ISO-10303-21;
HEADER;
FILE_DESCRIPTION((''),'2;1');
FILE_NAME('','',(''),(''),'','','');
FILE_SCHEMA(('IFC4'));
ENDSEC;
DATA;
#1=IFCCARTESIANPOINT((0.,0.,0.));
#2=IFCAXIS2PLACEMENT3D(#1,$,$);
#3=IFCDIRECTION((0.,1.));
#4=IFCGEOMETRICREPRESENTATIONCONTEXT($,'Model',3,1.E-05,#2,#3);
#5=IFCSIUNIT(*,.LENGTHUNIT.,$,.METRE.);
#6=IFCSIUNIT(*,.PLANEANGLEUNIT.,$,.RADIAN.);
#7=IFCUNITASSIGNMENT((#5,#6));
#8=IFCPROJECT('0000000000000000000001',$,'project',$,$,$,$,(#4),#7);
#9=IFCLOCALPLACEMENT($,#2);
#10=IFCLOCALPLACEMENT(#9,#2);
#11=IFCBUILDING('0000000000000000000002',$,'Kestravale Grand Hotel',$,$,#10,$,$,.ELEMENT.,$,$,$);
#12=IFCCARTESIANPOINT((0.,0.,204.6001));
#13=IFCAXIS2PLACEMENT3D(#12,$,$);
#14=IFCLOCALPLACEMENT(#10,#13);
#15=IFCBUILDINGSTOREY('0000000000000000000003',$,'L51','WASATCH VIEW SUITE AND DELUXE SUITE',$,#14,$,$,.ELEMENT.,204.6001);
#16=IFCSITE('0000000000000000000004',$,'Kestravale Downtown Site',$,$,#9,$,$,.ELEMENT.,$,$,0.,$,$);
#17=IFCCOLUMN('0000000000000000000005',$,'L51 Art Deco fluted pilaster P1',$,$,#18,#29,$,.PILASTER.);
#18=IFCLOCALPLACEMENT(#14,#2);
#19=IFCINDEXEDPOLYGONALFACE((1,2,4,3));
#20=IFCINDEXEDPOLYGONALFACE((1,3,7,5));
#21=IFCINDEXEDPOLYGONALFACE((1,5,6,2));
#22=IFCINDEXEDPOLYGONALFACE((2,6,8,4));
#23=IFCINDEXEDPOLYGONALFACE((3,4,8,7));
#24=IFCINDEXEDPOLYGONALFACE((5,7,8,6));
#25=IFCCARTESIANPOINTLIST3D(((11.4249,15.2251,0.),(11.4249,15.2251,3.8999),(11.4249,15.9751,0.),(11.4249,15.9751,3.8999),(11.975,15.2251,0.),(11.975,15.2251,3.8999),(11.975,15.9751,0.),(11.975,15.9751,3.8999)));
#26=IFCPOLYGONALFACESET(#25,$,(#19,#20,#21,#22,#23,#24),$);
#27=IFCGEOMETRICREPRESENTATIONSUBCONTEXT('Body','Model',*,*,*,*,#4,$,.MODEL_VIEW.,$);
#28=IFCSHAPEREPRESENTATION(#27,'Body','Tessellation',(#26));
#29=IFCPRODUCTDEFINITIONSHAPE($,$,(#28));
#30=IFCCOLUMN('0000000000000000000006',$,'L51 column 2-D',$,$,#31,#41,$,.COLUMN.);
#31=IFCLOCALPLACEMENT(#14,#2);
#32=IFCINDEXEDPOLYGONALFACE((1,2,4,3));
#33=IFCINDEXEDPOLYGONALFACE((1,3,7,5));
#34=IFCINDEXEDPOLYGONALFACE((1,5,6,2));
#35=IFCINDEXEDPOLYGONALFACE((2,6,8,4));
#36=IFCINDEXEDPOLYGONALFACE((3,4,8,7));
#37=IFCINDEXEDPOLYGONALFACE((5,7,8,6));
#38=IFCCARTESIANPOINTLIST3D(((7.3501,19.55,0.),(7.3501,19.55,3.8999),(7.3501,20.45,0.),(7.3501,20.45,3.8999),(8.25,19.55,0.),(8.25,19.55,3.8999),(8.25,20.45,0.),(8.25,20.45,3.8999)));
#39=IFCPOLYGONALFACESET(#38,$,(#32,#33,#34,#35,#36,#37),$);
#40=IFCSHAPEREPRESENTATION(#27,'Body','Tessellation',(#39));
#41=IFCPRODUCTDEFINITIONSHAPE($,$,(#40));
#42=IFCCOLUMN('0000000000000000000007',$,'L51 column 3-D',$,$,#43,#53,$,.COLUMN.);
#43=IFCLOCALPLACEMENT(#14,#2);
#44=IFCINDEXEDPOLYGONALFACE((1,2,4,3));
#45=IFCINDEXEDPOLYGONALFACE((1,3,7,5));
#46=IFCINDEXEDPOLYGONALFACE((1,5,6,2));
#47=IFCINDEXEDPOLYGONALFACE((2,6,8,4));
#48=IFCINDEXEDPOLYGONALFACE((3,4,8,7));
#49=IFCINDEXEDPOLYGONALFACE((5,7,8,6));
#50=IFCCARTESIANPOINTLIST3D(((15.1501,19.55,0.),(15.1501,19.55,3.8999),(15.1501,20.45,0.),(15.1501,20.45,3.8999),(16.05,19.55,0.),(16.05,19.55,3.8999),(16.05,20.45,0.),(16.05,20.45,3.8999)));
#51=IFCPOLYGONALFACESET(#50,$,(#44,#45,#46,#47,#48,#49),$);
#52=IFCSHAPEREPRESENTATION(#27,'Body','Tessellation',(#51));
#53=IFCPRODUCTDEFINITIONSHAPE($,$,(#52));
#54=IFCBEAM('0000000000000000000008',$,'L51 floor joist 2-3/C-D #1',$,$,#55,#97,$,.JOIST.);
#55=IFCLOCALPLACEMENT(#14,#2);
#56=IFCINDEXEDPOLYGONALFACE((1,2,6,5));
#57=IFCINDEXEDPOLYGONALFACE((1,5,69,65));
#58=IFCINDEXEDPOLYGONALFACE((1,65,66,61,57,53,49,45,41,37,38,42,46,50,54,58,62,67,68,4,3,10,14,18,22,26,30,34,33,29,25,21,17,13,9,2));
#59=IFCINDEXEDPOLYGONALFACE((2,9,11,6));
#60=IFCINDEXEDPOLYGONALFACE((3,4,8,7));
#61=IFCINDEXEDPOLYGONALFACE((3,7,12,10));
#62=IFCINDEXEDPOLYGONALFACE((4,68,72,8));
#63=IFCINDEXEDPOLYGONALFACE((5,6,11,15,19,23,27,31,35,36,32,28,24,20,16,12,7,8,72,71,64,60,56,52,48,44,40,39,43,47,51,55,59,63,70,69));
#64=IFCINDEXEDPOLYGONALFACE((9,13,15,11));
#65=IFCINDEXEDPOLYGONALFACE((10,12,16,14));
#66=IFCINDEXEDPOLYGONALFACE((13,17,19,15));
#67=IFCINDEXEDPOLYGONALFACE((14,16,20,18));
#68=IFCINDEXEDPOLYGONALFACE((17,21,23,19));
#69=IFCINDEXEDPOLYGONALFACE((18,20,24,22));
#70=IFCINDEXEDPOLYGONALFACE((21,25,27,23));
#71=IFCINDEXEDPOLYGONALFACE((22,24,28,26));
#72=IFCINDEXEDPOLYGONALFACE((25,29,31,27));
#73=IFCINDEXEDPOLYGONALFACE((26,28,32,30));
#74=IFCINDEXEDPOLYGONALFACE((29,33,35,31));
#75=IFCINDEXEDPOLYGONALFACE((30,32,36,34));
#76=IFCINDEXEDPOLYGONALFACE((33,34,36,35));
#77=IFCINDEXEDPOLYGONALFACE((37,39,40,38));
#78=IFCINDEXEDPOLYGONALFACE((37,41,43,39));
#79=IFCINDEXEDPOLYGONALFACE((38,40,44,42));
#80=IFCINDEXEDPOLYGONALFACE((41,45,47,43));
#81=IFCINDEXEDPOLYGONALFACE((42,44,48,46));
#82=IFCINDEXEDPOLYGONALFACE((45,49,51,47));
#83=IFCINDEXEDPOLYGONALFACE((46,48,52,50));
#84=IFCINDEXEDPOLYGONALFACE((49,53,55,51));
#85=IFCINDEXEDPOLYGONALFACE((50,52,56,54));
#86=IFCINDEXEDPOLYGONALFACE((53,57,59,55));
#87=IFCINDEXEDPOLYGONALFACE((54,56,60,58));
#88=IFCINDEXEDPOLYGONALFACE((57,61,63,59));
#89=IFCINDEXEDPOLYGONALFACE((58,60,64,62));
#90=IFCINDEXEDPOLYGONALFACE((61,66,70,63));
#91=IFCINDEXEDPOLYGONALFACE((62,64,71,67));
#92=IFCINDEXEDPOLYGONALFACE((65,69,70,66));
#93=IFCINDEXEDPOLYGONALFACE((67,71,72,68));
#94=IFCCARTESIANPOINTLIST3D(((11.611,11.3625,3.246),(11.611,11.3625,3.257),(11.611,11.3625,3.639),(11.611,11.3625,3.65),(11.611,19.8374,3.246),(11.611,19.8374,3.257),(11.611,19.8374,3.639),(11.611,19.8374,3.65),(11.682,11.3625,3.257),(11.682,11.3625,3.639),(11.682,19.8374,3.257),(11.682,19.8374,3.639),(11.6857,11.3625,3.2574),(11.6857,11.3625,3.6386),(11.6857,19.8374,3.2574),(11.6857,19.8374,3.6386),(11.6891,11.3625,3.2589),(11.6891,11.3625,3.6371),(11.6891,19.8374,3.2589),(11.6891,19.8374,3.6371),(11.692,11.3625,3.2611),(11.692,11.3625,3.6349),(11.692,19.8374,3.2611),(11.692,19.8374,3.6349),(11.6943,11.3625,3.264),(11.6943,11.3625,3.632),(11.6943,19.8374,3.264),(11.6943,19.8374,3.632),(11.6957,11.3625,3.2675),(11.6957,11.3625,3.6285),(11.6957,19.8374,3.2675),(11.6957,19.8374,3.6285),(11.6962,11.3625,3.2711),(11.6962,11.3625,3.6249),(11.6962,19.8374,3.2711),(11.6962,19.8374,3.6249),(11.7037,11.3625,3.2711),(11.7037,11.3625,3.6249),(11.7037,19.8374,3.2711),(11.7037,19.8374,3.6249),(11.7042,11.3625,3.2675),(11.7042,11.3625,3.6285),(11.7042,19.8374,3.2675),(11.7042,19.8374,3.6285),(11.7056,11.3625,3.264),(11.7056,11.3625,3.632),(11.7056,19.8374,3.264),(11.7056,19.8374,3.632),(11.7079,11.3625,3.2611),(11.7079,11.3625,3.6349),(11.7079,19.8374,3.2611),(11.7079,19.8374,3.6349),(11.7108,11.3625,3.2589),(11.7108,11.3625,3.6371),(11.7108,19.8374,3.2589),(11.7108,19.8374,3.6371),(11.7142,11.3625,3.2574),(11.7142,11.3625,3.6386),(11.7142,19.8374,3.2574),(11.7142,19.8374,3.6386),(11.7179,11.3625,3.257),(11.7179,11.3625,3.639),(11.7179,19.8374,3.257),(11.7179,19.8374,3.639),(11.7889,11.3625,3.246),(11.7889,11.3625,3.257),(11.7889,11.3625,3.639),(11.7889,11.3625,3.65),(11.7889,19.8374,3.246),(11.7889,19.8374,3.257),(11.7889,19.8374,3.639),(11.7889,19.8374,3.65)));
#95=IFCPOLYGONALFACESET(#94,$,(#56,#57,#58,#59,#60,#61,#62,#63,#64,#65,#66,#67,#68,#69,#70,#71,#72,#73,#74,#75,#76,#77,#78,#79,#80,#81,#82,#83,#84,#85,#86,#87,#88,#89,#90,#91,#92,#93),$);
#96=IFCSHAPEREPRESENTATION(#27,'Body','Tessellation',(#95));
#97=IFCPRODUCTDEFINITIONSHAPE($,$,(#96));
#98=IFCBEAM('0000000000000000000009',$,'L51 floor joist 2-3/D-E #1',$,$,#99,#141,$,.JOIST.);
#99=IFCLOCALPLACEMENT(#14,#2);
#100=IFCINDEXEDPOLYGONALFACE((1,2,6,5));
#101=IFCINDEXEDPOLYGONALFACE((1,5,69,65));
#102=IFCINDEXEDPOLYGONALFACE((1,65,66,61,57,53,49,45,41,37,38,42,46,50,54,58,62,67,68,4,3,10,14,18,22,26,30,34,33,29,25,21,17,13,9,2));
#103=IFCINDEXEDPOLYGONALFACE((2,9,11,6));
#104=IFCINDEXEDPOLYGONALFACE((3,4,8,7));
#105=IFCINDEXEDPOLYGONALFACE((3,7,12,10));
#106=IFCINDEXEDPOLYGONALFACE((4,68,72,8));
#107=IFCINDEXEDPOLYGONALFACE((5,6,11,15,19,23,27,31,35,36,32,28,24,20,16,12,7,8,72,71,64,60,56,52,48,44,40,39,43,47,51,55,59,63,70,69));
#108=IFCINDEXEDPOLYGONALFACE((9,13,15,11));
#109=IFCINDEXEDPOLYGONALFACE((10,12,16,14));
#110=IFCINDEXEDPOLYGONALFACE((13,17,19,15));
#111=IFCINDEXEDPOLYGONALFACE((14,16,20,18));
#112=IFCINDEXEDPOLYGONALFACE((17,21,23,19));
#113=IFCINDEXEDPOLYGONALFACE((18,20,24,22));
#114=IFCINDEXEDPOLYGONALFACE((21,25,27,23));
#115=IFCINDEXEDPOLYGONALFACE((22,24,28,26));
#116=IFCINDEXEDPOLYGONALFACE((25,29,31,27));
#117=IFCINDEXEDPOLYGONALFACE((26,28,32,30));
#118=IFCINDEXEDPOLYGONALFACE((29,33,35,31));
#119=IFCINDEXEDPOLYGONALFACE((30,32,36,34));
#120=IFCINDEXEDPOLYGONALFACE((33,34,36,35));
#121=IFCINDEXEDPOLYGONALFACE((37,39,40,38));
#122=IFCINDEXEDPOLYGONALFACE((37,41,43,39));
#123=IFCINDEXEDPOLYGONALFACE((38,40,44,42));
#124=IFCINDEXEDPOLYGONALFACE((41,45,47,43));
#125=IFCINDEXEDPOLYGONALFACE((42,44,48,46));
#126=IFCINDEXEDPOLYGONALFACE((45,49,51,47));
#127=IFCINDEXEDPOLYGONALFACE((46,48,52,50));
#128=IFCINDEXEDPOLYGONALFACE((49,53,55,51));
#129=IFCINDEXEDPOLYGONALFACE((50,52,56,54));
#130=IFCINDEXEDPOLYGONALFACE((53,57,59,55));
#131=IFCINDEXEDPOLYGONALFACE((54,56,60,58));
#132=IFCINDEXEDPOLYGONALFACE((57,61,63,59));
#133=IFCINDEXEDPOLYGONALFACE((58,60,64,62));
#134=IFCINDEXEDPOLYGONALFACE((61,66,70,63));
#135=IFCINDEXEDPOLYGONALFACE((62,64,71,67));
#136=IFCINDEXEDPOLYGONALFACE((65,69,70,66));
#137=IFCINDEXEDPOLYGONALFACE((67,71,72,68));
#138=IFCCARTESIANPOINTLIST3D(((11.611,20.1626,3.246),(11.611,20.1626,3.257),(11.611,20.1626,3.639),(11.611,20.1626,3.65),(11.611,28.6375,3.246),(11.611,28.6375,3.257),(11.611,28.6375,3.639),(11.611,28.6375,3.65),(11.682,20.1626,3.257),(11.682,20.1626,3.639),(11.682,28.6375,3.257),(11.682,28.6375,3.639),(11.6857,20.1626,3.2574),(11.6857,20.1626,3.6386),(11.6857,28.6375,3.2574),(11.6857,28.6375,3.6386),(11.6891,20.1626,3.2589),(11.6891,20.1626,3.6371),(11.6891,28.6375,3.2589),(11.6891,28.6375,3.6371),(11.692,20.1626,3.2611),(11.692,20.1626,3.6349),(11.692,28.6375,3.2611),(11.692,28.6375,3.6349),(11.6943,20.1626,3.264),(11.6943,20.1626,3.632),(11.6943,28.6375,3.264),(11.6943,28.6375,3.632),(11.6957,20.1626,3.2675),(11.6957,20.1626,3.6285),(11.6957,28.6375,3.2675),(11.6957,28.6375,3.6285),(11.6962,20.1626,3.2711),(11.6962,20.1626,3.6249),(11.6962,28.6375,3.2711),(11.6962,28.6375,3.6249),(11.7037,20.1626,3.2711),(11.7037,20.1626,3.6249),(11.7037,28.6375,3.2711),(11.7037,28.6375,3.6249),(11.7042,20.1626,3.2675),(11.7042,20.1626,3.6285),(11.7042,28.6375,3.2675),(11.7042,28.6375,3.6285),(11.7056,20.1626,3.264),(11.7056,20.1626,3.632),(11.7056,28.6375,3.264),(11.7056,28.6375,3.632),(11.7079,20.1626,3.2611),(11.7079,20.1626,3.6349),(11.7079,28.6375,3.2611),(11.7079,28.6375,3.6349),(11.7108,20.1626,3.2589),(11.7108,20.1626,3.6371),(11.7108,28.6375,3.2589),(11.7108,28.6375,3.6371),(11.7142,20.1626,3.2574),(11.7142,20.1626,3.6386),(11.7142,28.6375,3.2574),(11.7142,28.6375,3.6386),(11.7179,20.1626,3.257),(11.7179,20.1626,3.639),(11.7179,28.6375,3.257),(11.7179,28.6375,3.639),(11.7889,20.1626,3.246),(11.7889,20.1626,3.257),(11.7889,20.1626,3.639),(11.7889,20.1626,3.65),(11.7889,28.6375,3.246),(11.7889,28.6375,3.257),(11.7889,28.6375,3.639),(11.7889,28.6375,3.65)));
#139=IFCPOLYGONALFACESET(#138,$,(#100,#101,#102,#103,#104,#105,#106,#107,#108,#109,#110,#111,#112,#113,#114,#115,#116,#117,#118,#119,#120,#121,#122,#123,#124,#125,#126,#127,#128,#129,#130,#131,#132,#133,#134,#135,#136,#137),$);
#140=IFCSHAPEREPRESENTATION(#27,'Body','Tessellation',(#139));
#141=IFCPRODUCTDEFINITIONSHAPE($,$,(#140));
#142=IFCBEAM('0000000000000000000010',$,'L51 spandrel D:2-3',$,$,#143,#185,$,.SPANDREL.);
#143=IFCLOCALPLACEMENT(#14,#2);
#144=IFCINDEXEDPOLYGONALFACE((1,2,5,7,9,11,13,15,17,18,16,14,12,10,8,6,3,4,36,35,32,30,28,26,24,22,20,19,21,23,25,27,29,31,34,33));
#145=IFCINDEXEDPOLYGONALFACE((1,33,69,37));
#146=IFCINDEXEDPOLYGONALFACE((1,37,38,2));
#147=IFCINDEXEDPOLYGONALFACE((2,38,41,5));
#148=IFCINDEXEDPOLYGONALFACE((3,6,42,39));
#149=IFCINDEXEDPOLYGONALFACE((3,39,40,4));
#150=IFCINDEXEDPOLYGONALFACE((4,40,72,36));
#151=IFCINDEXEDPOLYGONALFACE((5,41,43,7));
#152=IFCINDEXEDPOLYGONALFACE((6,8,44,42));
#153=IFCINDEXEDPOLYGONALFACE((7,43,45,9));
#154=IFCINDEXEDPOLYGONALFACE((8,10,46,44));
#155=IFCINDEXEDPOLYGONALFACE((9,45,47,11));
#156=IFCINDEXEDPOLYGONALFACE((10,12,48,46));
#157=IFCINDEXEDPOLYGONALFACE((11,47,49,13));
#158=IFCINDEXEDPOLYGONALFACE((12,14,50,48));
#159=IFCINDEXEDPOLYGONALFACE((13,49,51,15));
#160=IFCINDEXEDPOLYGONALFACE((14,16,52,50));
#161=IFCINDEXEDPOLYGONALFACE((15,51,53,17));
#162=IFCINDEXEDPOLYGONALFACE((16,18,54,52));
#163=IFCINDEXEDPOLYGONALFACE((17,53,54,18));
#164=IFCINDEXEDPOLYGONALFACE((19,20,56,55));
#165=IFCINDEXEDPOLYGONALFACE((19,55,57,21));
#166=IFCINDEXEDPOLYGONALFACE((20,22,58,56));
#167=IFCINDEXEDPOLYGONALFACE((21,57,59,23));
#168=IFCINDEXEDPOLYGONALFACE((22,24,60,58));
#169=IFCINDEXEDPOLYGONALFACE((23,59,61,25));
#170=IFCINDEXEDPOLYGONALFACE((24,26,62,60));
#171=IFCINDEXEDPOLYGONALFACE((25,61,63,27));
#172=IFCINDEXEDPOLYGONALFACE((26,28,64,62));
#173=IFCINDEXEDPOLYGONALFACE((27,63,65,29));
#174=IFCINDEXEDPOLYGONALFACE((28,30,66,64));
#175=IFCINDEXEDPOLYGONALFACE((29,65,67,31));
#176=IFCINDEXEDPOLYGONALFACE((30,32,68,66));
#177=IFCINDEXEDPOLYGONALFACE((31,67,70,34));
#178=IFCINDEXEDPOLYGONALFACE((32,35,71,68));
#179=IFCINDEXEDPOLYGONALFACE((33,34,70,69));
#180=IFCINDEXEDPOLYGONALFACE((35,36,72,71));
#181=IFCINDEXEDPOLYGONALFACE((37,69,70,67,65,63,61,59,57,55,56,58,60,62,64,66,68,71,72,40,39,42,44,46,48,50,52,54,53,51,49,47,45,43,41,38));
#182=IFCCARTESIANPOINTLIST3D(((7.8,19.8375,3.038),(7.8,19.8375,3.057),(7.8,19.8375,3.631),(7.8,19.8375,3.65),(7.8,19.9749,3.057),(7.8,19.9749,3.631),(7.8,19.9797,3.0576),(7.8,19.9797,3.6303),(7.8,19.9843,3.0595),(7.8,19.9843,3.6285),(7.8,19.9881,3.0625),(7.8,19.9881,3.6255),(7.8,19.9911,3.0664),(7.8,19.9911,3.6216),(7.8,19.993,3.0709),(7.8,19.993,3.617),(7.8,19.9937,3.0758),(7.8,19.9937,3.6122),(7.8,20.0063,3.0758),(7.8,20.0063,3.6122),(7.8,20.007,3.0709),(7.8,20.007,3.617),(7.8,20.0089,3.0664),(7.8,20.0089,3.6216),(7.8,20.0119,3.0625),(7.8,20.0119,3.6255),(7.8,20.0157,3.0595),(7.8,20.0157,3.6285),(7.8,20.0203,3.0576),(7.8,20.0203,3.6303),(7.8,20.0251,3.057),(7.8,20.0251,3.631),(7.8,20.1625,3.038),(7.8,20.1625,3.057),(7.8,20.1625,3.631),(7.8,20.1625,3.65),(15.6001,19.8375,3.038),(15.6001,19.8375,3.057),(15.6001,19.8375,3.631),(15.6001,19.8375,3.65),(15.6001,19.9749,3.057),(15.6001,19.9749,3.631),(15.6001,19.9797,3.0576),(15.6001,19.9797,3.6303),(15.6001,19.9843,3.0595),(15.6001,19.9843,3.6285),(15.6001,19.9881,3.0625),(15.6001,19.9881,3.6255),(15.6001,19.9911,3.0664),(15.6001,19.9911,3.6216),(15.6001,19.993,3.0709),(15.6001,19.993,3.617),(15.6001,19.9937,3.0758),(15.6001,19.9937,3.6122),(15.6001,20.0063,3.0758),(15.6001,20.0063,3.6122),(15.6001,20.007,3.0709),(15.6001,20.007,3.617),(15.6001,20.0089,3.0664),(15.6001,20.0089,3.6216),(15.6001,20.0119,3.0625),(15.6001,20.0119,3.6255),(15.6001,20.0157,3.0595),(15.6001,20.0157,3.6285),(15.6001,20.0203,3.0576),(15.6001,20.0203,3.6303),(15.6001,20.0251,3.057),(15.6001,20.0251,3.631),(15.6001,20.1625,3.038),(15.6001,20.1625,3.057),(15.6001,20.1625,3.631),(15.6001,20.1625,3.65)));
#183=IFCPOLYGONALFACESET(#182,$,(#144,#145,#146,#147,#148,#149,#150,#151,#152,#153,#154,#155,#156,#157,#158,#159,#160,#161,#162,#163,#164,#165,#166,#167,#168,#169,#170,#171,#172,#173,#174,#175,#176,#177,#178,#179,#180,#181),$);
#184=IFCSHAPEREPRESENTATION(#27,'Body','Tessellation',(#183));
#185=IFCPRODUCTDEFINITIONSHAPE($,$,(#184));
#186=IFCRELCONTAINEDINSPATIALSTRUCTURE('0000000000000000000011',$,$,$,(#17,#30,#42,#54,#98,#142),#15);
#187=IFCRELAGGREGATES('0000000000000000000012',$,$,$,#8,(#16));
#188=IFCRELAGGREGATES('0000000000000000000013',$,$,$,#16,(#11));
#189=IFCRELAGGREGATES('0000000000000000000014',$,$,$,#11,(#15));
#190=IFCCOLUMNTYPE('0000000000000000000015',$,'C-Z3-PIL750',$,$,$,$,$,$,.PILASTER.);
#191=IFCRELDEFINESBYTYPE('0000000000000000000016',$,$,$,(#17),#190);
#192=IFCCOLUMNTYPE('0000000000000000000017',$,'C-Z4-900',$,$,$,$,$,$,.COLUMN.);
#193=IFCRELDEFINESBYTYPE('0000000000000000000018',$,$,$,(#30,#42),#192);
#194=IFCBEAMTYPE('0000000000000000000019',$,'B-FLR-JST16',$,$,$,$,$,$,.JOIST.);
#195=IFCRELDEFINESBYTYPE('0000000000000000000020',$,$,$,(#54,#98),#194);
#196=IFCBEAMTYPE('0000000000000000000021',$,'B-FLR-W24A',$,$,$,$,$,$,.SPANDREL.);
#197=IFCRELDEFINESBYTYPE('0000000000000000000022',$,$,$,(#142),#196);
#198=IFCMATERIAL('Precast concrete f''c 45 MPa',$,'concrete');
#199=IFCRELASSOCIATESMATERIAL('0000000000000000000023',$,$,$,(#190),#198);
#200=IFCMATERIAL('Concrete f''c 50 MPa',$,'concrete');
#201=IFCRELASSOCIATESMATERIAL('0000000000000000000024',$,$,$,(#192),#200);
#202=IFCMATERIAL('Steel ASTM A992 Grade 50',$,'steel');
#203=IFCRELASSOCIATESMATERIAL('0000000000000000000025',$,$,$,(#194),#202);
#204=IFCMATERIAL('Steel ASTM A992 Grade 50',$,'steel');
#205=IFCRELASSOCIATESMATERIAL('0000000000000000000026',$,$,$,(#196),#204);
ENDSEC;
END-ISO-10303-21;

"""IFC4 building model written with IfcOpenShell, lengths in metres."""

from ifc_helpers import new_model, si_unit, direction, frame, origin, origin_2d, place, context, subcontext, project, spatial, rectangle, i_section, extrude, material, material_profile, profile_set, type_object, element, save


model = new_model("IFC4")

# Units and contexts
model_context = context("Model", 3, precision=1e-05, world=origin(), true_north=direction((0.0, 1.0)))
body_context = subcontext(model_context, "Body", "Model", "MODEL_VIEW")
ifc_project = project(units=[si_unit("LENGTHUNIT", "METRE"), si_unit("PLANEANGLEUNIT", "RADIAN")], contexts=[model_context])

# Site, building, storey
site_placement = place(None, origin())
site = spatial("IfcSite", under=ifc_project, at=site_placement, Name="Kestravale Downtown Site", CompositionType="ELEMENT", RefElevation=0.0)
building_placement = place(site_placement, origin())
building = spatial("IfcBuilding", under=site, at=building_placement, Name="Kestravale Grand Hotel", CompositionType="ELEMENT")
storey_placement = place(building_placement, frame((0.0, 0.0, 204.6001)))
storey = spatial("IfcBuildingStorey", under=building, at=storey_placement, Name="L51", Description="WASATCH VIEW SUITE AND DELUXE SUITE", CompositionType="ELEMENT", Elevation=204.6001)

# Columns
ifc_material_1 = material(Name="Precast concrete f'c 45 MPa", Category="concrete")
ifc_material_profile_1 = material_profile(ifc_material_1, rectangle(XDim=0.55, YDim=0.75, at=origin_2d()))
ifc_profile_set_1 = profile_set([ifc_material_profile_1], Name="Precast concrete f'c 45 MPa")
column_type_1 = type_object("IfcColumnType", Name="C-Z3-PIL750", PredefinedType="PILASTER", material=ifc_profile_set_1)
column_placement = place(storey_placement, frame((11.7, 15.6001, 0.0), z_axis=(0.0, 0.0, 1.0), x_axis=(1.0, 0.0, 0.0)))
element("IfcColumn", 1, at=column_placement, inside=storey, type_object=column_type_1, Name="L51 Art Deco fluted pilaster P1", PredefinedType="PILASTER", context=body_context, shape_type="SweptSolid", body=[
    extrude(rectangle(XDim=0.55, YDim=0.75, at=origin_2d()), origin(), (0.0, 0.0, 1.0), 3.8999),
])
ifc_material_2 = material(Name="Concrete f'c 50 MPa", Category="concrete")
ifc_material_profile_2 = material_profile(ifc_material_2, rectangle(XDim=0.8999, YDim=0.8999, at=origin_2d()))
ifc_profile_set_2 = profile_set([ifc_material_profile_2], Name="Concrete f'c 50 MPa")
column_type_2 = type_object("IfcColumnType", Name="C-Z4-900", PredefinedType="COLUMN", material=ifc_profile_set_2)
for number, where, z_axis, x_axis, name in (
    (2, (7.8, 20.0, 0.0), (0.0, 0.0, 1.0), (1.0, 0.0, 0.0), "L51 column 2-D"),
    (3, (15.6001, 20.0, 0.0), (0.0, 0.0, 1.0), (1.0, 0.0, 0.0), "L51 column 3-D"),
):
    element("IfcColumn", number, at=place(storey_placement, frame(where, z_axis=z_axis, x_axis=x_axis)), inside=storey, type_object=column_type_2, Name=name, PredefinedType="COLUMN", context=body_context, shape_type="SweptSolid", body=[
        extrude(rectangle(XDim=0.8999, YDim=0.8999, at=origin_2d()), origin(), (0.0, 0.0, 1.0), 3.8999),
    ])

# Beams
ifc_material_3 = material(Name="Steel ASTM A992 Grade 50", Category="steel")
ifc_material_profile_3 = material_profile(ifc_material_3, i_section(OverallWidth=0.178, OverallDepth=0.4041, WebThickness=0.0076, FlangeThickness=0.011, FilletRadius=0.0142, at=origin_2d()))
ifc_profile_set_3 = profile_set([ifc_material_profile_3], Name="Steel ASTM A992 Grade 50")
beam_type_1 = type_object("IfcBeamType", Name="B-FLR-JST16", PredefinedType="JOIST", material=ifc_profile_set_3)
for number, where, z_axis, x_axis, name in (
    (4, (11.7, 11.3625, 3.448), (0.0, 1.0, 0.0), (-1.0, 0.0, 0.0), "L51 floor joist 2-3/C-D #1"),
    (5, (11.7, 20.1626, 3.448), (0.0, 1.0, 0.0), (-1.0, 0.0, 0.0), "L51 floor joist 2-3/D-E #1"),
):
    element("IfcBeam", number, at=place(storey_placement, frame(where, z_axis=z_axis, x_axis=x_axis)), inside=storey, type_object=beam_type_1, Name=name, PredefinedType="JOIST", context=body_context, shape_type="SweptSolid", body=[
        extrude(i_section(OverallWidth=0.178, OverallDepth=0.4041, WebThickness=0.0076, FlangeThickness=0.011, FilletRadius=0.0142, at=origin_2d()), origin(), (0.0, 0.0, 1.0), 8.4749),
    ])
ifc_material_4 = material(Name="Steel ASTM A992 Grade 50", Category="steel")
ifc_material_profile_4 = material_profile(ifc_material_4, i_section(OverallWidth=0.325, OverallDepth=0.6121, WebThickness=0.0127, FlangeThickness=0.019, FilletRadius=0.0188, at=origin_2d()))
ifc_profile_set_4 = profile_set([ifc_material_profile_4], Name="Steel ASTM A992 Grade 50")
beam_type_2 = type_object("IfcBeamType", Name="B-FLR-W24A", PredefinedType="SPANDREL", material=ifc_profile_set_4)
beam_1_placement = place(storey_placement, frame((7.8, 20.0, 3.344), z_axis=(1.0, 0.0, 0.0), x_axis=(0.0, 1.0, 0.0)))
element("IfcBeam", 6, at=beam_1_placement, inside=storey, type_object=beam_type_2, Name="L51 spandrel D:2-3", PredefinedType="SPANDREL", context=body_context, shape_type="SweptSolid", body=[
    extrude(i_section(OverallWidth=0.325, OverallDepth=0.6121, WebThickness=0.0127, FlangeThickness=0.019, FilletRadius=0.0188, at=origin_2d()), origin(), (0.0, 0.0, 1.0), 7.8),
])

save(model, "model.ifc")
